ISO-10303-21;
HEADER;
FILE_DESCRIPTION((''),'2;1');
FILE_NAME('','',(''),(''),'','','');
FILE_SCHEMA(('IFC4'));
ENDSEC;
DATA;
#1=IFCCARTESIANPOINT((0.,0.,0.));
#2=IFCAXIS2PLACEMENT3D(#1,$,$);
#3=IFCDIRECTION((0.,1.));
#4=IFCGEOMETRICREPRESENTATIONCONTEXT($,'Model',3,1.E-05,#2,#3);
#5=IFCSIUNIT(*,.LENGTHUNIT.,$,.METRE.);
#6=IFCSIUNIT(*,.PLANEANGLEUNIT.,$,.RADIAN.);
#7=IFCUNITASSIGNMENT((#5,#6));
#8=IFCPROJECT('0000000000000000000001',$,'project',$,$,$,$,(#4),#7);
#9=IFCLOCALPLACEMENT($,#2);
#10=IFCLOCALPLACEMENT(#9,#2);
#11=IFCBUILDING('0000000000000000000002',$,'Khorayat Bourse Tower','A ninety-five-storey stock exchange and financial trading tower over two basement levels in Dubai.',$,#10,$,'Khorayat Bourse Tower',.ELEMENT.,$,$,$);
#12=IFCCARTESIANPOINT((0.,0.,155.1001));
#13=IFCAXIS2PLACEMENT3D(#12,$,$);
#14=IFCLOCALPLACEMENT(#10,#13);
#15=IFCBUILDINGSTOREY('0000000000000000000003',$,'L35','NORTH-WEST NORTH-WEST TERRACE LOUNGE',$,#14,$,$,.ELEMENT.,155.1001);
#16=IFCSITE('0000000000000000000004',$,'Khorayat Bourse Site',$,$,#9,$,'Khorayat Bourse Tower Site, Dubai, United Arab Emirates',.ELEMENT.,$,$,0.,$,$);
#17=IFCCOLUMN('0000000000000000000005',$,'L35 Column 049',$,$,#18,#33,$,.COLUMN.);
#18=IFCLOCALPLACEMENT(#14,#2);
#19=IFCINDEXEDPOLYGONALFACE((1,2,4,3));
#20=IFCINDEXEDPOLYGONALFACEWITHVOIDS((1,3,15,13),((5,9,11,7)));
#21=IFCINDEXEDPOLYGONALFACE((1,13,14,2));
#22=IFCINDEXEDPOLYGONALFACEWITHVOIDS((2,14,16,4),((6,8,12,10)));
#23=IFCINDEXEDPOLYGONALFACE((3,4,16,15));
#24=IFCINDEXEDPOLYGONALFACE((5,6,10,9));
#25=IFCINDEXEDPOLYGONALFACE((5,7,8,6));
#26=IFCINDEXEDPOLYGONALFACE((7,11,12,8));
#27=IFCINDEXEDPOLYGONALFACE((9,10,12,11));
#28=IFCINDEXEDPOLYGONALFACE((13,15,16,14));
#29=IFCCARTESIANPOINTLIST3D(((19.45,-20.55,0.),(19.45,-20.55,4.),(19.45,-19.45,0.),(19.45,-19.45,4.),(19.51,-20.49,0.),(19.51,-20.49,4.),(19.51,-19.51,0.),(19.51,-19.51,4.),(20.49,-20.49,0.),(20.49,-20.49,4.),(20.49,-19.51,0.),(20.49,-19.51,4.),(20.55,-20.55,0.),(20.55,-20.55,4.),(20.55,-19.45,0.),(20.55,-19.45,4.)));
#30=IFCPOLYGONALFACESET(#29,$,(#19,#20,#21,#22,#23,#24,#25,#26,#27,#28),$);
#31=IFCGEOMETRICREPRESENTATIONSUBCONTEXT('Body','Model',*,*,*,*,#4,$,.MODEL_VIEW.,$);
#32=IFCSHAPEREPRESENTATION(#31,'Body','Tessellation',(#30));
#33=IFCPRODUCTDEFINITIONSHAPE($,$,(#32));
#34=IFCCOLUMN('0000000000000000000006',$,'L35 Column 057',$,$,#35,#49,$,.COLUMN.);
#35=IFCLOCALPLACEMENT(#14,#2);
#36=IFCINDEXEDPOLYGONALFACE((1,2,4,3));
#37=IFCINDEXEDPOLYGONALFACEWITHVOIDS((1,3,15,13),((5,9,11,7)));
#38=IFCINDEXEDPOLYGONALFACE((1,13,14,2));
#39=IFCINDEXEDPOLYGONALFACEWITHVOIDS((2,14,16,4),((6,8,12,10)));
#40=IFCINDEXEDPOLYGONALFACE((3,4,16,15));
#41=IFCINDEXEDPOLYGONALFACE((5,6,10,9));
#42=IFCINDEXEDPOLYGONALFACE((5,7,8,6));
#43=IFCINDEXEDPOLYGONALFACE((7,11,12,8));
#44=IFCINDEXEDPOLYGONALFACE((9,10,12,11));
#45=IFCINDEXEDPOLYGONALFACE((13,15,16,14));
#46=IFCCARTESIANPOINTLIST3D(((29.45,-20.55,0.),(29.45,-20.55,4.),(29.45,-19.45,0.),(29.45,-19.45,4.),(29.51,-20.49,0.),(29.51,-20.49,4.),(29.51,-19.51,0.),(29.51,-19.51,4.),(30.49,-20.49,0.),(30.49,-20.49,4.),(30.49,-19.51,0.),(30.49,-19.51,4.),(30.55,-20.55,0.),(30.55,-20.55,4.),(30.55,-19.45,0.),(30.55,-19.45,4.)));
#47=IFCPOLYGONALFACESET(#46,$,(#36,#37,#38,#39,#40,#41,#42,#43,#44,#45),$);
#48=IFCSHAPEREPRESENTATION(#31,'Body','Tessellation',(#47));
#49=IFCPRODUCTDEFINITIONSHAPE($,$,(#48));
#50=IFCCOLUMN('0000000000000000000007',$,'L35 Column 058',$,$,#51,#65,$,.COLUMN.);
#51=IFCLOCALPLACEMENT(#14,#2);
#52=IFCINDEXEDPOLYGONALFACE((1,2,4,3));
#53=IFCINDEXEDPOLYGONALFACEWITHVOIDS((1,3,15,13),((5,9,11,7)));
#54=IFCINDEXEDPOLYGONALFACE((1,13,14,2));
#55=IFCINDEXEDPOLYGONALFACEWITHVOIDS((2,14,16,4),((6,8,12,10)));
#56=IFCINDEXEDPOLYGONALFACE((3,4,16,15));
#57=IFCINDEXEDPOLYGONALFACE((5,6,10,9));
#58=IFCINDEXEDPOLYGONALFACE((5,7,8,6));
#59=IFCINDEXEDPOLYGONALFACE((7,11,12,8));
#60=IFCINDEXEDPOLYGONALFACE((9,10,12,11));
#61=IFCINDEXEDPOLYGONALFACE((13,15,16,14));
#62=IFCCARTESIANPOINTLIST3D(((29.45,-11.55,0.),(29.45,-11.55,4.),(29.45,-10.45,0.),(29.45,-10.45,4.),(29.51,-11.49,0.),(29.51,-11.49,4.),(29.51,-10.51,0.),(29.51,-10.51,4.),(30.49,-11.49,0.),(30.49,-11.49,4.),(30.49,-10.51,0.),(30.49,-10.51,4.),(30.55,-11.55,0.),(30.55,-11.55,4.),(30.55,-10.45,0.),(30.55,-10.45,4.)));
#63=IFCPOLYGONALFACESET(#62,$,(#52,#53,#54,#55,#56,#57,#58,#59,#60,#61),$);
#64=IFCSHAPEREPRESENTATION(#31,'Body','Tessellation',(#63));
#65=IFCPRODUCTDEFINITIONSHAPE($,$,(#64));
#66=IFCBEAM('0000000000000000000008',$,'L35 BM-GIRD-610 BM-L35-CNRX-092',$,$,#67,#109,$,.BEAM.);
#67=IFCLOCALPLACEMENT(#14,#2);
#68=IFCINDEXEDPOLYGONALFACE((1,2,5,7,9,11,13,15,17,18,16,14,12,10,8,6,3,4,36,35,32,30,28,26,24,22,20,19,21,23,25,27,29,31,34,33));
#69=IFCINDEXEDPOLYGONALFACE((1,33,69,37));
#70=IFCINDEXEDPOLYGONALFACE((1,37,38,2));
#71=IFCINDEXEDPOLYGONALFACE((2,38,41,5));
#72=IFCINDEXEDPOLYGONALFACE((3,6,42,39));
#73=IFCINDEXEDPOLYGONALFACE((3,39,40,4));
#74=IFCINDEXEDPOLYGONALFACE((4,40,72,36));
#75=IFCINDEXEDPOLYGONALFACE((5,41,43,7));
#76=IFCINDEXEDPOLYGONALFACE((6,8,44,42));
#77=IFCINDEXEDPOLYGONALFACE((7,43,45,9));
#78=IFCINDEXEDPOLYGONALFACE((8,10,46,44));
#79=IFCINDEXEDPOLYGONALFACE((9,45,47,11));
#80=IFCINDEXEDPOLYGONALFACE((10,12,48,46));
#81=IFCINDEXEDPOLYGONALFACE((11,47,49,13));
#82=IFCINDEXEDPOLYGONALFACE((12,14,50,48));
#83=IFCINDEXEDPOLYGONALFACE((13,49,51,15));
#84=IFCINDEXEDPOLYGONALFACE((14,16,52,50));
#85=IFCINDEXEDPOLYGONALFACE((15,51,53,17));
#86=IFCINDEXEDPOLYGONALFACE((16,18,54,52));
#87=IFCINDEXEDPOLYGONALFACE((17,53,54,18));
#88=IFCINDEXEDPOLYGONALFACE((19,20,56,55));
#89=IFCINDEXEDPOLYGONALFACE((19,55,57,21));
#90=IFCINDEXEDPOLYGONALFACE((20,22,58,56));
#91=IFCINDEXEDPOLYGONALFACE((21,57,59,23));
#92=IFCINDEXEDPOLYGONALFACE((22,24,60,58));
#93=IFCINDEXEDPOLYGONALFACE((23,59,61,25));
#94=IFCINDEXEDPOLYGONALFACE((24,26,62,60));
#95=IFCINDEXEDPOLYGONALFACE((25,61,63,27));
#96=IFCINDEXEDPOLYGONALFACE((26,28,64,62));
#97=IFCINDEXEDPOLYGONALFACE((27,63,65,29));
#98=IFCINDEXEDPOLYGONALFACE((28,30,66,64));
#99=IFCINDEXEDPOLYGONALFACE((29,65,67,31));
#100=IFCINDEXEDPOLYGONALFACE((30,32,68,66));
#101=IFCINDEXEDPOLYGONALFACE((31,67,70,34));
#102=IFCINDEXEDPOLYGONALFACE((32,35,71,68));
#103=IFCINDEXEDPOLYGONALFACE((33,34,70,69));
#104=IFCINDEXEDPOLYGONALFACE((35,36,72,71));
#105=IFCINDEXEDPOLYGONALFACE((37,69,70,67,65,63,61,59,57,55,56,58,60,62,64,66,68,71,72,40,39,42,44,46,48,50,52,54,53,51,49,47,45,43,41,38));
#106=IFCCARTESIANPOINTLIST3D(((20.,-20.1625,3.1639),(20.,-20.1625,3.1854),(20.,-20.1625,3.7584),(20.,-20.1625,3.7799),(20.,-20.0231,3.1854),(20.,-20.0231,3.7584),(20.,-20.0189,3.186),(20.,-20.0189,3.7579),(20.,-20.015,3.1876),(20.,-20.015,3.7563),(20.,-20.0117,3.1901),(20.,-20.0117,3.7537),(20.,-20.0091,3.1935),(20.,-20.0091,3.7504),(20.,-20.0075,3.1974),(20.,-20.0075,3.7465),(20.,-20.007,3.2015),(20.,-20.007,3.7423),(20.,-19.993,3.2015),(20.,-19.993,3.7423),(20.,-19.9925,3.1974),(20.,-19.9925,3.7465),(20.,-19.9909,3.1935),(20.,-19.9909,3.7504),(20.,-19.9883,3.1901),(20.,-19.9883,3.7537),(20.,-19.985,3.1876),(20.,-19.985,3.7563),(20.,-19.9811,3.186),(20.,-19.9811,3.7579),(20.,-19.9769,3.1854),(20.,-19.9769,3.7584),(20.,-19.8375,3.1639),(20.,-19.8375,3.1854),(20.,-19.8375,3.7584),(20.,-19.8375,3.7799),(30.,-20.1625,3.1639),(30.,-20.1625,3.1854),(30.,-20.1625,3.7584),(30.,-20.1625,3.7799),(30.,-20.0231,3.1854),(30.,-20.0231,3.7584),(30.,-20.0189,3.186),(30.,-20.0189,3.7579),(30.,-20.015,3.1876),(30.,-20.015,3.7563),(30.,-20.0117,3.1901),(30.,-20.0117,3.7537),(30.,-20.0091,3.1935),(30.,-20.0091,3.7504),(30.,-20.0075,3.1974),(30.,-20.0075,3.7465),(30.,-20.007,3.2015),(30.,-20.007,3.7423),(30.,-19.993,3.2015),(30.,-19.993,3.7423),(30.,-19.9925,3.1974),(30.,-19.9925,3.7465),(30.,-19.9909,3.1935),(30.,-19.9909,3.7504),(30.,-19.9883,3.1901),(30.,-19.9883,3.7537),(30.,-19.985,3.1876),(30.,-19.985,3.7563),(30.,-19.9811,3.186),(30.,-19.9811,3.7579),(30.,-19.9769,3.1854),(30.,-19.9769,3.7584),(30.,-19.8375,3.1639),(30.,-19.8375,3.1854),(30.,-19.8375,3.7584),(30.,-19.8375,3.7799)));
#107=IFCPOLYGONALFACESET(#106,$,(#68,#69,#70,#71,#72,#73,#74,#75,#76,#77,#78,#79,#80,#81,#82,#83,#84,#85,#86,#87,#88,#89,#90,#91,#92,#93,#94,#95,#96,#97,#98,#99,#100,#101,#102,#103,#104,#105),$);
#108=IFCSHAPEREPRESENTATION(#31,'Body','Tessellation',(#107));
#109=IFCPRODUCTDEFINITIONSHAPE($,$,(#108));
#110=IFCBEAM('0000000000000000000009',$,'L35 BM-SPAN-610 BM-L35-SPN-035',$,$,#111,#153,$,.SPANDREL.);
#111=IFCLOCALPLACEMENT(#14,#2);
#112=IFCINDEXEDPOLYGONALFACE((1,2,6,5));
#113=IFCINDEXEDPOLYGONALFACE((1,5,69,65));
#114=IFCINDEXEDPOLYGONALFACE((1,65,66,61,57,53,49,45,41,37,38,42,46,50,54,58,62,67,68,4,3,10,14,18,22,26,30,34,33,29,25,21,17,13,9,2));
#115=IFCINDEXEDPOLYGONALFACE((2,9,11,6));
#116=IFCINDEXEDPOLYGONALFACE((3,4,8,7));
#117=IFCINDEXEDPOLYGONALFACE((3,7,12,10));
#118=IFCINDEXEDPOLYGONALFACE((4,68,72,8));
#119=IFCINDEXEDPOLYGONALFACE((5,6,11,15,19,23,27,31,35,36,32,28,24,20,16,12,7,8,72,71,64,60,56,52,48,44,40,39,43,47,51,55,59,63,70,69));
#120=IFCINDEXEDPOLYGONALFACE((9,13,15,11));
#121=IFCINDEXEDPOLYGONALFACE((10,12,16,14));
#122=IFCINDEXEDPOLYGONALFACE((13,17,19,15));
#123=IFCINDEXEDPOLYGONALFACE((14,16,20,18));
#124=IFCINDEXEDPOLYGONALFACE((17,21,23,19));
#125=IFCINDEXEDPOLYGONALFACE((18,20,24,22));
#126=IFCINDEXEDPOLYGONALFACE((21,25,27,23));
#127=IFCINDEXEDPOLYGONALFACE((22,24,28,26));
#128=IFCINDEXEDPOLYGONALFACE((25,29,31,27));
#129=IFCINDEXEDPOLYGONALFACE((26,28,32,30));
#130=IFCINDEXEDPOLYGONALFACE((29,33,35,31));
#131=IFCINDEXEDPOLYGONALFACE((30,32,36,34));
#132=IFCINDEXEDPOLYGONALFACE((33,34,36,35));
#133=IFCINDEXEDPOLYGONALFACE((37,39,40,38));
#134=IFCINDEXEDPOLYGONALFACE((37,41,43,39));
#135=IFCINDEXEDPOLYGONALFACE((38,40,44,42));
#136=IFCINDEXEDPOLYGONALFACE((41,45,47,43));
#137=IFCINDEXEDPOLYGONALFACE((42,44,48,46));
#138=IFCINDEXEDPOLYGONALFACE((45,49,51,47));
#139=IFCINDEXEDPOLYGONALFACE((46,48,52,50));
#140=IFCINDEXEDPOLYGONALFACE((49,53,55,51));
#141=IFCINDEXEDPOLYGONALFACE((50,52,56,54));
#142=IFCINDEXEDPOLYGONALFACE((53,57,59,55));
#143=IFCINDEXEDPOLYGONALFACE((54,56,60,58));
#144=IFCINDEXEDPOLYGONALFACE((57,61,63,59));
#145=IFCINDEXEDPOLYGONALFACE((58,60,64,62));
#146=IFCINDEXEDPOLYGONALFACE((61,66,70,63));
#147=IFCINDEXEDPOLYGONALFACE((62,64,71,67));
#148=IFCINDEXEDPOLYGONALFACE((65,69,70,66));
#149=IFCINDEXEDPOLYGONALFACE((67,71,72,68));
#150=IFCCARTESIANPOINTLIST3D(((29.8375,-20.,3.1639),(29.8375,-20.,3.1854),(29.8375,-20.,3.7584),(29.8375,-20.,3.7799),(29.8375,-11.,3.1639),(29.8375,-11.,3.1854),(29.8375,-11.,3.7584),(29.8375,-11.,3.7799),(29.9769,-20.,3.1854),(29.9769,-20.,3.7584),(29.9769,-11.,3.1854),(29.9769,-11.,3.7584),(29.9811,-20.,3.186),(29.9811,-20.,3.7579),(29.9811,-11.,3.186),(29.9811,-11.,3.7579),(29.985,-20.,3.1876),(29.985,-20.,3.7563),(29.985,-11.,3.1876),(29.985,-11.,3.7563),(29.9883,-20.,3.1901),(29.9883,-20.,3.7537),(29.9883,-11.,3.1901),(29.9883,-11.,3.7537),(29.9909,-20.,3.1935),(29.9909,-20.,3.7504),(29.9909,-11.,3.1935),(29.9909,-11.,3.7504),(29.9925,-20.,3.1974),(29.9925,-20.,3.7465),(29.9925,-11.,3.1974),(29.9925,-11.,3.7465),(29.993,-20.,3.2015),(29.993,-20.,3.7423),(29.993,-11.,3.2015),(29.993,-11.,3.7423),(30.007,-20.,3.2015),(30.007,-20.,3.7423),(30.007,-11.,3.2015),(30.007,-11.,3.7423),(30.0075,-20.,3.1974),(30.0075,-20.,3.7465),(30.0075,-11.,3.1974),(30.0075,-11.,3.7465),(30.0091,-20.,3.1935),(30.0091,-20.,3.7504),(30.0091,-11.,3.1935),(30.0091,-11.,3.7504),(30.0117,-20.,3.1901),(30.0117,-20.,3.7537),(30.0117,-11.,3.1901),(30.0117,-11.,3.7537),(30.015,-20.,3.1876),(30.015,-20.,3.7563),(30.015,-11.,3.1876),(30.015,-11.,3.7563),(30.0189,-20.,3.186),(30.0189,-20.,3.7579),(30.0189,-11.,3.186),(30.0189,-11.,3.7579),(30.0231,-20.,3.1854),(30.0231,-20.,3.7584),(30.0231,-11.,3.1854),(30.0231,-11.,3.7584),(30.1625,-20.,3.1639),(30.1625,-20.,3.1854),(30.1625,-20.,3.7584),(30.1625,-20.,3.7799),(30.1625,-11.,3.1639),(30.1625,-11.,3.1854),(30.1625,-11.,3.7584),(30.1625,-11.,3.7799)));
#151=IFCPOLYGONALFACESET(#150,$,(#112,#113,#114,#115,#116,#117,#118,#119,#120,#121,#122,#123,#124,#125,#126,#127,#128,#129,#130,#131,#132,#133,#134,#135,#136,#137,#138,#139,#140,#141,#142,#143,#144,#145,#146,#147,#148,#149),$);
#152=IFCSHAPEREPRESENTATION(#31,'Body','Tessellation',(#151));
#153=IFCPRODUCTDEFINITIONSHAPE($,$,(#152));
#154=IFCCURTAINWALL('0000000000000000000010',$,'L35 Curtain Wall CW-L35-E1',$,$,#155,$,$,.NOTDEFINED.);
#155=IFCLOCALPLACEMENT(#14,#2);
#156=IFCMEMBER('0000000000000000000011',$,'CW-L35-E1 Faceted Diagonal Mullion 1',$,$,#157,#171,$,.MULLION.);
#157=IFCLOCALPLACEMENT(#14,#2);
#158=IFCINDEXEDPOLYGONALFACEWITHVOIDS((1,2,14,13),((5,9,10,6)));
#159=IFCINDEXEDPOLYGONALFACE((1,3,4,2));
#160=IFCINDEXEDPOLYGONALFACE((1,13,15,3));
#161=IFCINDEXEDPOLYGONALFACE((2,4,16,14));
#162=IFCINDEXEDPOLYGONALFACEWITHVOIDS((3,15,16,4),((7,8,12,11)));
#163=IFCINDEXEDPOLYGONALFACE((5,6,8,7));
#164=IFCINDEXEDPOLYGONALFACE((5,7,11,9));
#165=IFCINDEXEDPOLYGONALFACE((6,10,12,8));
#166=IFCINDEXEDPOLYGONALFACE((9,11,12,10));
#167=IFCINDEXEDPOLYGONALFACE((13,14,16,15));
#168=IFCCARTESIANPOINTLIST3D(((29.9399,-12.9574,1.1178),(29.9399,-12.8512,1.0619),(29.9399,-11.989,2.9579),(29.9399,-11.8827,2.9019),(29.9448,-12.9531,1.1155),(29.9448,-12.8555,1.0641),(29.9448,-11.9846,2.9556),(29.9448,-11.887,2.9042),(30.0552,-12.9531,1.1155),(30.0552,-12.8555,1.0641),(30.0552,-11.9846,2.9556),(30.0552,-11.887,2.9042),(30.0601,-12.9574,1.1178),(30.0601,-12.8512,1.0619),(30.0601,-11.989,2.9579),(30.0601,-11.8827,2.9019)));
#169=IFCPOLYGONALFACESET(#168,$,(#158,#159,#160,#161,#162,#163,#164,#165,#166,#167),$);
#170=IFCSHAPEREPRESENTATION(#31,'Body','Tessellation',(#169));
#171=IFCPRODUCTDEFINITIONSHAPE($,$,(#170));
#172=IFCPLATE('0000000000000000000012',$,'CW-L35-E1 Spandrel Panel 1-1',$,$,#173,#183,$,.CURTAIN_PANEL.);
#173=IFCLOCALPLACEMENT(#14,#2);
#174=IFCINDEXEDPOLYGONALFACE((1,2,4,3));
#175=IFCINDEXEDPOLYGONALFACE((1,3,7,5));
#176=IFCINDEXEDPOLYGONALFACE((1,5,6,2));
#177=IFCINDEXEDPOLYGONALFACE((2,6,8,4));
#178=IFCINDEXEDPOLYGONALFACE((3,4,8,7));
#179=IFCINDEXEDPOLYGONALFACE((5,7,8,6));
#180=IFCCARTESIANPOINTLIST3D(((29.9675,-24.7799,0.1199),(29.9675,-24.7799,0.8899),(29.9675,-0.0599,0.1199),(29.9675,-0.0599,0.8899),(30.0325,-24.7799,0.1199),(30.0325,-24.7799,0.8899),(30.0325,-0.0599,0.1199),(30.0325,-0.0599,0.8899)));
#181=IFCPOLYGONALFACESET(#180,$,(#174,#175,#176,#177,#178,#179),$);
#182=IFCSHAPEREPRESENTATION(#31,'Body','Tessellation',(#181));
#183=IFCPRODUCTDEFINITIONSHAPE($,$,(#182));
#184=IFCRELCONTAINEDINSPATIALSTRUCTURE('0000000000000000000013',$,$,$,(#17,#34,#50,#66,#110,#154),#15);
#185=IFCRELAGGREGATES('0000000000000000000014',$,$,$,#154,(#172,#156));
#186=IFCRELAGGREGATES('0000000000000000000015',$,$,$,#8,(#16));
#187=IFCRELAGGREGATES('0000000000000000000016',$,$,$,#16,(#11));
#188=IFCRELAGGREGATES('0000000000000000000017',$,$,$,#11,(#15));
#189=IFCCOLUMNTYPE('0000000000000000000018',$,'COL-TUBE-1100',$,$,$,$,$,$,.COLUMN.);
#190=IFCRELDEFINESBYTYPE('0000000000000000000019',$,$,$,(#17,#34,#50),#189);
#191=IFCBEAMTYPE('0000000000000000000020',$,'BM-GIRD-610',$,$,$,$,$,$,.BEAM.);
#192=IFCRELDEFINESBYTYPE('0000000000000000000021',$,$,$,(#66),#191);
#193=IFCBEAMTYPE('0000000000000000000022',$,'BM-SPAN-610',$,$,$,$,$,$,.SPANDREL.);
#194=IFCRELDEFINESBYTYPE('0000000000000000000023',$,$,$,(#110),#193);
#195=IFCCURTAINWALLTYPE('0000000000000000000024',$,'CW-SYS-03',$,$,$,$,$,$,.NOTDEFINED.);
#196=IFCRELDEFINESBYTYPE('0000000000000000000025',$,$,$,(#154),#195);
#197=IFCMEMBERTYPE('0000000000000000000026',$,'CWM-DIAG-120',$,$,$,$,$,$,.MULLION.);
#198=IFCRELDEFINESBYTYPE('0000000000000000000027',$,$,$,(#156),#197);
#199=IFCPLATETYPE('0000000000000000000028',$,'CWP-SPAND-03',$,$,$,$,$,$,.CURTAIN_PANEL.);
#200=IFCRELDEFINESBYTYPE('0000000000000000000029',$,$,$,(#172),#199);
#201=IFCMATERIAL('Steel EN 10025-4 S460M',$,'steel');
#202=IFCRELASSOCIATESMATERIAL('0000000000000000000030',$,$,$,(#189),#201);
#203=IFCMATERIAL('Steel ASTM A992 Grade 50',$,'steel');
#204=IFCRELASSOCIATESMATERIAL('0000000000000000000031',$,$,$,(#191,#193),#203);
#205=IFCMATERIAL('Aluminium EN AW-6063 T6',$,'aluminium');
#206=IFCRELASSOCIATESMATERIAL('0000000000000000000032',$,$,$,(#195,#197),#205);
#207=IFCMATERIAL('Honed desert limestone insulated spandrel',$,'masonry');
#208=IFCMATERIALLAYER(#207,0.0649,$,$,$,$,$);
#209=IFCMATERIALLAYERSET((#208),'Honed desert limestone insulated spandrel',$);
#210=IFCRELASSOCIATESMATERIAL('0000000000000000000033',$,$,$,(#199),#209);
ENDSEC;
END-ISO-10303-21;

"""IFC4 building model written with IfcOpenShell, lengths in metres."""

from ifc_helpers import new_model, si_unit, direction, frame, origin, origin_2d, place, context, subcontext, project, spatial, rectangle, hollow_rectangle, i_section, extrude, source, transform, mapped, material, layer, layer_set, material_profile, profile_set, type_object, element, aggregate, save


model = new_model("IFC4")

# Units and contexts
model_context = context("Model", 3, precision=1e-05, world=origin(), true_north=direction((0.0, 1.0)))
body_context = subcontext(model_context, "Body", "Model", "MODEL_VIEW")
ifc_project = project(units=[si_unit("LENGTHUNIT", "METRE"), si_unit("PLANEANGLEUNIT", "RADIAN")], contexts=[model_context])

# Site, building, storey
site_placement = place(None, origin())
site = spatial("IfcSite", under=ifc_project, at=site_placement, Name="Khorayat Bourse Site", LongName="Khorayat Bourse Tower Site, Dubai, United Arab Emirates", CompositionType="ELEMENT", RefElevation=0.0)
building_placement = place(site_placement, origin())
building = spatial("IfcBuilding", under=site, at=building_placement, Name="Khorayat Bourse Tower", Description="A ninety-five-storey stock exchange and financial trading tower over two basement levels in Dubai.", LongName="Khorayat Bourse Tower", CompositionType="ELEMENT")
storey_placement = place(building_placement, frame((0.0, 0.0, 155.1001)))
storey = spatial("IfcBuildingStorey", under=building, at=storey_placement, Name="L35", Description="NORTH-WEST NORTH-WEST TERRACE LOUNGE", CompositionType="ELEMENT", Elevation=155.1001)

# Columns
ifc_material_1 = material(Name="Steel EN 10025-4 S460M", Category="steel")
ifc_material_profile_1 = material_profile(ifc_material_1, hollow_rectangle(XDim=1.1001, YDim=1.1001, WallThickness=0.0601, at=origin_2d()), Name="BOX 1100x1100x60")
ifc_profile_set_1 = profile_set([ifc_material_profile_1], Name="Steel EN 10025-4 S460M")
column_type = type_object("IfcColumnType", Name="COL-TUBE-1100", PredefinedType="COLUMN", material=ifc_profile_set_1)
shared_shape_1 = source(origin(), body_context, "Body", "SweptSolid", [
    extrude(hollow_rectangle(XDim=1.1001, YDim=1.1001, WallThickness=0.0601, at=origin_2d()), origin(), (0.0, 0.0, 1.0), 4.0),
])
for number, where, z_axis, x_axis, name in (
    (1, (20.0, -20.0, 0.0), (0.0, 0.0, 1.0), (1.0, 0.0, 0.0), "L35 Column 049"),
    (2, (30.0, -20.0, 0.0), (0.0, 0.0, 1.0), (1.0, 0.0, 0.0), "L35 Column 057"),
    (3, (30.0, -11.0, 0.0), (0.0, 0.0, 1.0), (1.0, 0.0, 0.0), "L35 Column 058"),
):
    element("IfcColumn", number, at=place(storey_placement, frame(where, z_axis=z_axis, x_axis=x_axis)), inside=storey, type_object=column_type, Name=name, PredefinedType="COLUMN", context=body_context, shape_type="MappedRepresentation", body=[
        mapped(shared_shape_1, transform((0.0, 0.0, 0.0), scale=1.0)),
    ])

# Beams
ifc_material_2 = material(Name="Steel ASTM A992 Grade 50", Category="steel")
ifc_material_profile_2 = material_profile(ifc_material_2, i_section(OverallWidth=0.325, OverallDepth=0.616, WebThickness=0.0139, FlangeThickness=0.0215, FilletRadius=0.0161, at=origin_2d()), Name="W610X174")
ifc_profile_set_2 = profile_set([ifc_material_profile_2], Name="Steel ASTM A992 Grade 50")
beam_type_1 = type_object("IfcBeamType", Name="BM-GIRD-610", PredefinedType="BEAM", material=ifc_profile_set_2)
shared_shape_2 = source(origin(), body_context, "Body", "SweptSolid", [
    extrude(i_section(OverallWidth=0.325, OverallDepth=0.616, WebThickness=0.0139, FlangeThickness=0.0215, FilletRadius=0.0161, at=origin_2d()), origin(), (0.0, 0.0, 1.0), 10.0),
])
beam_1_placement = place(storey_placement, frame((20.0, -20.0, 3.4719), z_axis=(1.0, 0.0, 0.0), x_axis=(0.0, 1.0, 0.0)))
element("IfcBeam", 4, at=beam_1_placement, inside=storey, type_object=beam_type_1, Name="L35 BM-GIRD-610 BM-L35-CNRX-092", PredefinedType="BEAM", context=body_context, shape_type="MappedRepresentation", body=[
    mapped(shared_shape_2, transform((0.0, 0.0, 0.0), scale=1.0)),
])
ifc_material_profile_3 = material_profile(ifc_material_2, i_section(OverallWidth=0.325, OverallDepth=0.616, WebThickness=0.0139, FlangeThickness=0.0215, FilletRadius=0.0161, at=origin_2d()), Name="W610X174")
ifc_profile_set_3 = profile_set([ifc_material_profile_3], Name="Steel ASTM A992 Grade 50")
beam_type_2 = type_object("IfcBeamType", Name="BM-SPAN-610", PredefinedType="SPANDREL", material=ifc_profile_set_3)
shared_shape_3 = source(origin(), body_context, "Body", "SweptSolid", [
    extrude(i_section(OverallWidth=0.325, OverallDepth=0.616, WebThickness=0.0139, FlangeThickness=0.0215, FilletRadius=0.0161, at=origin_2d()), origin(), (0.0, 0.0, 1.0), 9.0),
])
beam_2_placement = place(storey_placement, frame((30.0, -20.0, 3.4719), z_axis=(0.0, 1.0, 0.0), x_axis=(-1.0, 0.0, 0.0)))
element("IfcBeam", 5, at=beam_2_placement, inside=storey, type_object=beam_type_2, Name="L35 BM-SPAN-610 BM-L35-SPN-035", PredefinedType="SPANDREL", context=body_context, shape_type="MappedRepresentation", body=[
    mapped(shared_shape_3, transform((0.0, 0.0, 0.0), scale=1.0)),
])

# Curtain wall, member, plate
ifc_material_3 = material(Name="Aluminium EN AW-6063 T6", Category="aluminium")
curtain_wall_type = type_object("IfcCurtainWallType", Name="CW-SYS-03", PredefinedType="NOTDEFINED", material=ifc_material_3)
curtain_wall_placement = place(storey_placement, origin())
curtain_wall = element("IfcCurtainWall", 6, at=curtain_wall_placement, inside=storey, type_object=curtain_wall_type, Name="L35 Curtain Wall CW-L35-E1", PredefinedType="NOTDEFINED")
ifc_material_profile_4 = material_profile(ifc_material_3, hollow_rectangle(XDim=0.1201, YDim=0.1201, WallThickness=0.0049, at=origin_2d()), Name="ALU 120x120x5")
ifc_profile_set_4 = profile_set([ifc_material_profile_4], Name="Aluminium EN AW-6063 T6")
member_type = type_object("IfcMemberType", Name="CWM-DIAG-120", PredefinedType="MULLION", material=ifc_profile_set_4)
shared_shape_4 = source(origin(), body_context, "Body", "SweptSolid", [
    extrude(hollow_rectangle(XDim=0.1201, YDim=0.1201, WallThickness=0.0049, at=origin_2d()), origin(), (0.0, 0.0, 1.0), 2.0793),
])
member_placement = place(storey_placement, frame((30.0, -12.9043, 1.0898), z_axis=(0.0, 0.465761, 0.884911), x_axis=(-1.0, 0.0, 0.0)))
member = element("IfcMember", 7, at=member_placement, type_object=member_type, Name="CW-L35-E1 Faceted Diagonal Mullion 1", PredefinedType="MULLION", context=body_context, shape_type="MappedRepresentation", body=[
    mapped(shared_shape_4, transform((0.0, 0.0, 0.0), scale=1.0)),
])
ifc_material_4 = material(Name="Honed desert limestone insulated spandrel", Category="masonry")
ifc_layer_1 = layer(ifc_material_4, 0.0649)
ifc_layer_set_1 = layer_set([ifc_layer_1], Name="Honed desert limestone insulated spandrel")
plate_type_1 = type_object("IfcPlateType", Name="CWP-SPAND-03", PredefinedType="CURTAIN_PANEL", material=ifc_layer_set_1)
shared_shape_5 = source(origin(), body_context, "Body", "SweptSolid", [
    extrude(rectangle(XDim=24.72, YDim=0.0649, at=origin_2d()), origin(), (0.0, 0.0, 1.0), 0.77),
])
plate_1_placement = place(storey_placement, frame((30.0, -12.4199, 0.1199), z_axis=(0.0, 0.0, 1.0), x_axis=(0.0, 1.0, 0.0)))
plate_1 = element("IfcPlate", 8, at=plate_1_placement, type_object=plate_type_1, Name="CW-L35-E1 Spandrel Panel 1-1", PredefinedType="CURTAIN_PANEL", context=body_context, shape_type="MappedRepresentation", body=[
    mapped(shared_shape_5, transform((0.0, 0.0, 0.0), scale=1.0)),
])
aggregate(curtain_wall, [plate_1, member])

save(model, "model.ifc")
